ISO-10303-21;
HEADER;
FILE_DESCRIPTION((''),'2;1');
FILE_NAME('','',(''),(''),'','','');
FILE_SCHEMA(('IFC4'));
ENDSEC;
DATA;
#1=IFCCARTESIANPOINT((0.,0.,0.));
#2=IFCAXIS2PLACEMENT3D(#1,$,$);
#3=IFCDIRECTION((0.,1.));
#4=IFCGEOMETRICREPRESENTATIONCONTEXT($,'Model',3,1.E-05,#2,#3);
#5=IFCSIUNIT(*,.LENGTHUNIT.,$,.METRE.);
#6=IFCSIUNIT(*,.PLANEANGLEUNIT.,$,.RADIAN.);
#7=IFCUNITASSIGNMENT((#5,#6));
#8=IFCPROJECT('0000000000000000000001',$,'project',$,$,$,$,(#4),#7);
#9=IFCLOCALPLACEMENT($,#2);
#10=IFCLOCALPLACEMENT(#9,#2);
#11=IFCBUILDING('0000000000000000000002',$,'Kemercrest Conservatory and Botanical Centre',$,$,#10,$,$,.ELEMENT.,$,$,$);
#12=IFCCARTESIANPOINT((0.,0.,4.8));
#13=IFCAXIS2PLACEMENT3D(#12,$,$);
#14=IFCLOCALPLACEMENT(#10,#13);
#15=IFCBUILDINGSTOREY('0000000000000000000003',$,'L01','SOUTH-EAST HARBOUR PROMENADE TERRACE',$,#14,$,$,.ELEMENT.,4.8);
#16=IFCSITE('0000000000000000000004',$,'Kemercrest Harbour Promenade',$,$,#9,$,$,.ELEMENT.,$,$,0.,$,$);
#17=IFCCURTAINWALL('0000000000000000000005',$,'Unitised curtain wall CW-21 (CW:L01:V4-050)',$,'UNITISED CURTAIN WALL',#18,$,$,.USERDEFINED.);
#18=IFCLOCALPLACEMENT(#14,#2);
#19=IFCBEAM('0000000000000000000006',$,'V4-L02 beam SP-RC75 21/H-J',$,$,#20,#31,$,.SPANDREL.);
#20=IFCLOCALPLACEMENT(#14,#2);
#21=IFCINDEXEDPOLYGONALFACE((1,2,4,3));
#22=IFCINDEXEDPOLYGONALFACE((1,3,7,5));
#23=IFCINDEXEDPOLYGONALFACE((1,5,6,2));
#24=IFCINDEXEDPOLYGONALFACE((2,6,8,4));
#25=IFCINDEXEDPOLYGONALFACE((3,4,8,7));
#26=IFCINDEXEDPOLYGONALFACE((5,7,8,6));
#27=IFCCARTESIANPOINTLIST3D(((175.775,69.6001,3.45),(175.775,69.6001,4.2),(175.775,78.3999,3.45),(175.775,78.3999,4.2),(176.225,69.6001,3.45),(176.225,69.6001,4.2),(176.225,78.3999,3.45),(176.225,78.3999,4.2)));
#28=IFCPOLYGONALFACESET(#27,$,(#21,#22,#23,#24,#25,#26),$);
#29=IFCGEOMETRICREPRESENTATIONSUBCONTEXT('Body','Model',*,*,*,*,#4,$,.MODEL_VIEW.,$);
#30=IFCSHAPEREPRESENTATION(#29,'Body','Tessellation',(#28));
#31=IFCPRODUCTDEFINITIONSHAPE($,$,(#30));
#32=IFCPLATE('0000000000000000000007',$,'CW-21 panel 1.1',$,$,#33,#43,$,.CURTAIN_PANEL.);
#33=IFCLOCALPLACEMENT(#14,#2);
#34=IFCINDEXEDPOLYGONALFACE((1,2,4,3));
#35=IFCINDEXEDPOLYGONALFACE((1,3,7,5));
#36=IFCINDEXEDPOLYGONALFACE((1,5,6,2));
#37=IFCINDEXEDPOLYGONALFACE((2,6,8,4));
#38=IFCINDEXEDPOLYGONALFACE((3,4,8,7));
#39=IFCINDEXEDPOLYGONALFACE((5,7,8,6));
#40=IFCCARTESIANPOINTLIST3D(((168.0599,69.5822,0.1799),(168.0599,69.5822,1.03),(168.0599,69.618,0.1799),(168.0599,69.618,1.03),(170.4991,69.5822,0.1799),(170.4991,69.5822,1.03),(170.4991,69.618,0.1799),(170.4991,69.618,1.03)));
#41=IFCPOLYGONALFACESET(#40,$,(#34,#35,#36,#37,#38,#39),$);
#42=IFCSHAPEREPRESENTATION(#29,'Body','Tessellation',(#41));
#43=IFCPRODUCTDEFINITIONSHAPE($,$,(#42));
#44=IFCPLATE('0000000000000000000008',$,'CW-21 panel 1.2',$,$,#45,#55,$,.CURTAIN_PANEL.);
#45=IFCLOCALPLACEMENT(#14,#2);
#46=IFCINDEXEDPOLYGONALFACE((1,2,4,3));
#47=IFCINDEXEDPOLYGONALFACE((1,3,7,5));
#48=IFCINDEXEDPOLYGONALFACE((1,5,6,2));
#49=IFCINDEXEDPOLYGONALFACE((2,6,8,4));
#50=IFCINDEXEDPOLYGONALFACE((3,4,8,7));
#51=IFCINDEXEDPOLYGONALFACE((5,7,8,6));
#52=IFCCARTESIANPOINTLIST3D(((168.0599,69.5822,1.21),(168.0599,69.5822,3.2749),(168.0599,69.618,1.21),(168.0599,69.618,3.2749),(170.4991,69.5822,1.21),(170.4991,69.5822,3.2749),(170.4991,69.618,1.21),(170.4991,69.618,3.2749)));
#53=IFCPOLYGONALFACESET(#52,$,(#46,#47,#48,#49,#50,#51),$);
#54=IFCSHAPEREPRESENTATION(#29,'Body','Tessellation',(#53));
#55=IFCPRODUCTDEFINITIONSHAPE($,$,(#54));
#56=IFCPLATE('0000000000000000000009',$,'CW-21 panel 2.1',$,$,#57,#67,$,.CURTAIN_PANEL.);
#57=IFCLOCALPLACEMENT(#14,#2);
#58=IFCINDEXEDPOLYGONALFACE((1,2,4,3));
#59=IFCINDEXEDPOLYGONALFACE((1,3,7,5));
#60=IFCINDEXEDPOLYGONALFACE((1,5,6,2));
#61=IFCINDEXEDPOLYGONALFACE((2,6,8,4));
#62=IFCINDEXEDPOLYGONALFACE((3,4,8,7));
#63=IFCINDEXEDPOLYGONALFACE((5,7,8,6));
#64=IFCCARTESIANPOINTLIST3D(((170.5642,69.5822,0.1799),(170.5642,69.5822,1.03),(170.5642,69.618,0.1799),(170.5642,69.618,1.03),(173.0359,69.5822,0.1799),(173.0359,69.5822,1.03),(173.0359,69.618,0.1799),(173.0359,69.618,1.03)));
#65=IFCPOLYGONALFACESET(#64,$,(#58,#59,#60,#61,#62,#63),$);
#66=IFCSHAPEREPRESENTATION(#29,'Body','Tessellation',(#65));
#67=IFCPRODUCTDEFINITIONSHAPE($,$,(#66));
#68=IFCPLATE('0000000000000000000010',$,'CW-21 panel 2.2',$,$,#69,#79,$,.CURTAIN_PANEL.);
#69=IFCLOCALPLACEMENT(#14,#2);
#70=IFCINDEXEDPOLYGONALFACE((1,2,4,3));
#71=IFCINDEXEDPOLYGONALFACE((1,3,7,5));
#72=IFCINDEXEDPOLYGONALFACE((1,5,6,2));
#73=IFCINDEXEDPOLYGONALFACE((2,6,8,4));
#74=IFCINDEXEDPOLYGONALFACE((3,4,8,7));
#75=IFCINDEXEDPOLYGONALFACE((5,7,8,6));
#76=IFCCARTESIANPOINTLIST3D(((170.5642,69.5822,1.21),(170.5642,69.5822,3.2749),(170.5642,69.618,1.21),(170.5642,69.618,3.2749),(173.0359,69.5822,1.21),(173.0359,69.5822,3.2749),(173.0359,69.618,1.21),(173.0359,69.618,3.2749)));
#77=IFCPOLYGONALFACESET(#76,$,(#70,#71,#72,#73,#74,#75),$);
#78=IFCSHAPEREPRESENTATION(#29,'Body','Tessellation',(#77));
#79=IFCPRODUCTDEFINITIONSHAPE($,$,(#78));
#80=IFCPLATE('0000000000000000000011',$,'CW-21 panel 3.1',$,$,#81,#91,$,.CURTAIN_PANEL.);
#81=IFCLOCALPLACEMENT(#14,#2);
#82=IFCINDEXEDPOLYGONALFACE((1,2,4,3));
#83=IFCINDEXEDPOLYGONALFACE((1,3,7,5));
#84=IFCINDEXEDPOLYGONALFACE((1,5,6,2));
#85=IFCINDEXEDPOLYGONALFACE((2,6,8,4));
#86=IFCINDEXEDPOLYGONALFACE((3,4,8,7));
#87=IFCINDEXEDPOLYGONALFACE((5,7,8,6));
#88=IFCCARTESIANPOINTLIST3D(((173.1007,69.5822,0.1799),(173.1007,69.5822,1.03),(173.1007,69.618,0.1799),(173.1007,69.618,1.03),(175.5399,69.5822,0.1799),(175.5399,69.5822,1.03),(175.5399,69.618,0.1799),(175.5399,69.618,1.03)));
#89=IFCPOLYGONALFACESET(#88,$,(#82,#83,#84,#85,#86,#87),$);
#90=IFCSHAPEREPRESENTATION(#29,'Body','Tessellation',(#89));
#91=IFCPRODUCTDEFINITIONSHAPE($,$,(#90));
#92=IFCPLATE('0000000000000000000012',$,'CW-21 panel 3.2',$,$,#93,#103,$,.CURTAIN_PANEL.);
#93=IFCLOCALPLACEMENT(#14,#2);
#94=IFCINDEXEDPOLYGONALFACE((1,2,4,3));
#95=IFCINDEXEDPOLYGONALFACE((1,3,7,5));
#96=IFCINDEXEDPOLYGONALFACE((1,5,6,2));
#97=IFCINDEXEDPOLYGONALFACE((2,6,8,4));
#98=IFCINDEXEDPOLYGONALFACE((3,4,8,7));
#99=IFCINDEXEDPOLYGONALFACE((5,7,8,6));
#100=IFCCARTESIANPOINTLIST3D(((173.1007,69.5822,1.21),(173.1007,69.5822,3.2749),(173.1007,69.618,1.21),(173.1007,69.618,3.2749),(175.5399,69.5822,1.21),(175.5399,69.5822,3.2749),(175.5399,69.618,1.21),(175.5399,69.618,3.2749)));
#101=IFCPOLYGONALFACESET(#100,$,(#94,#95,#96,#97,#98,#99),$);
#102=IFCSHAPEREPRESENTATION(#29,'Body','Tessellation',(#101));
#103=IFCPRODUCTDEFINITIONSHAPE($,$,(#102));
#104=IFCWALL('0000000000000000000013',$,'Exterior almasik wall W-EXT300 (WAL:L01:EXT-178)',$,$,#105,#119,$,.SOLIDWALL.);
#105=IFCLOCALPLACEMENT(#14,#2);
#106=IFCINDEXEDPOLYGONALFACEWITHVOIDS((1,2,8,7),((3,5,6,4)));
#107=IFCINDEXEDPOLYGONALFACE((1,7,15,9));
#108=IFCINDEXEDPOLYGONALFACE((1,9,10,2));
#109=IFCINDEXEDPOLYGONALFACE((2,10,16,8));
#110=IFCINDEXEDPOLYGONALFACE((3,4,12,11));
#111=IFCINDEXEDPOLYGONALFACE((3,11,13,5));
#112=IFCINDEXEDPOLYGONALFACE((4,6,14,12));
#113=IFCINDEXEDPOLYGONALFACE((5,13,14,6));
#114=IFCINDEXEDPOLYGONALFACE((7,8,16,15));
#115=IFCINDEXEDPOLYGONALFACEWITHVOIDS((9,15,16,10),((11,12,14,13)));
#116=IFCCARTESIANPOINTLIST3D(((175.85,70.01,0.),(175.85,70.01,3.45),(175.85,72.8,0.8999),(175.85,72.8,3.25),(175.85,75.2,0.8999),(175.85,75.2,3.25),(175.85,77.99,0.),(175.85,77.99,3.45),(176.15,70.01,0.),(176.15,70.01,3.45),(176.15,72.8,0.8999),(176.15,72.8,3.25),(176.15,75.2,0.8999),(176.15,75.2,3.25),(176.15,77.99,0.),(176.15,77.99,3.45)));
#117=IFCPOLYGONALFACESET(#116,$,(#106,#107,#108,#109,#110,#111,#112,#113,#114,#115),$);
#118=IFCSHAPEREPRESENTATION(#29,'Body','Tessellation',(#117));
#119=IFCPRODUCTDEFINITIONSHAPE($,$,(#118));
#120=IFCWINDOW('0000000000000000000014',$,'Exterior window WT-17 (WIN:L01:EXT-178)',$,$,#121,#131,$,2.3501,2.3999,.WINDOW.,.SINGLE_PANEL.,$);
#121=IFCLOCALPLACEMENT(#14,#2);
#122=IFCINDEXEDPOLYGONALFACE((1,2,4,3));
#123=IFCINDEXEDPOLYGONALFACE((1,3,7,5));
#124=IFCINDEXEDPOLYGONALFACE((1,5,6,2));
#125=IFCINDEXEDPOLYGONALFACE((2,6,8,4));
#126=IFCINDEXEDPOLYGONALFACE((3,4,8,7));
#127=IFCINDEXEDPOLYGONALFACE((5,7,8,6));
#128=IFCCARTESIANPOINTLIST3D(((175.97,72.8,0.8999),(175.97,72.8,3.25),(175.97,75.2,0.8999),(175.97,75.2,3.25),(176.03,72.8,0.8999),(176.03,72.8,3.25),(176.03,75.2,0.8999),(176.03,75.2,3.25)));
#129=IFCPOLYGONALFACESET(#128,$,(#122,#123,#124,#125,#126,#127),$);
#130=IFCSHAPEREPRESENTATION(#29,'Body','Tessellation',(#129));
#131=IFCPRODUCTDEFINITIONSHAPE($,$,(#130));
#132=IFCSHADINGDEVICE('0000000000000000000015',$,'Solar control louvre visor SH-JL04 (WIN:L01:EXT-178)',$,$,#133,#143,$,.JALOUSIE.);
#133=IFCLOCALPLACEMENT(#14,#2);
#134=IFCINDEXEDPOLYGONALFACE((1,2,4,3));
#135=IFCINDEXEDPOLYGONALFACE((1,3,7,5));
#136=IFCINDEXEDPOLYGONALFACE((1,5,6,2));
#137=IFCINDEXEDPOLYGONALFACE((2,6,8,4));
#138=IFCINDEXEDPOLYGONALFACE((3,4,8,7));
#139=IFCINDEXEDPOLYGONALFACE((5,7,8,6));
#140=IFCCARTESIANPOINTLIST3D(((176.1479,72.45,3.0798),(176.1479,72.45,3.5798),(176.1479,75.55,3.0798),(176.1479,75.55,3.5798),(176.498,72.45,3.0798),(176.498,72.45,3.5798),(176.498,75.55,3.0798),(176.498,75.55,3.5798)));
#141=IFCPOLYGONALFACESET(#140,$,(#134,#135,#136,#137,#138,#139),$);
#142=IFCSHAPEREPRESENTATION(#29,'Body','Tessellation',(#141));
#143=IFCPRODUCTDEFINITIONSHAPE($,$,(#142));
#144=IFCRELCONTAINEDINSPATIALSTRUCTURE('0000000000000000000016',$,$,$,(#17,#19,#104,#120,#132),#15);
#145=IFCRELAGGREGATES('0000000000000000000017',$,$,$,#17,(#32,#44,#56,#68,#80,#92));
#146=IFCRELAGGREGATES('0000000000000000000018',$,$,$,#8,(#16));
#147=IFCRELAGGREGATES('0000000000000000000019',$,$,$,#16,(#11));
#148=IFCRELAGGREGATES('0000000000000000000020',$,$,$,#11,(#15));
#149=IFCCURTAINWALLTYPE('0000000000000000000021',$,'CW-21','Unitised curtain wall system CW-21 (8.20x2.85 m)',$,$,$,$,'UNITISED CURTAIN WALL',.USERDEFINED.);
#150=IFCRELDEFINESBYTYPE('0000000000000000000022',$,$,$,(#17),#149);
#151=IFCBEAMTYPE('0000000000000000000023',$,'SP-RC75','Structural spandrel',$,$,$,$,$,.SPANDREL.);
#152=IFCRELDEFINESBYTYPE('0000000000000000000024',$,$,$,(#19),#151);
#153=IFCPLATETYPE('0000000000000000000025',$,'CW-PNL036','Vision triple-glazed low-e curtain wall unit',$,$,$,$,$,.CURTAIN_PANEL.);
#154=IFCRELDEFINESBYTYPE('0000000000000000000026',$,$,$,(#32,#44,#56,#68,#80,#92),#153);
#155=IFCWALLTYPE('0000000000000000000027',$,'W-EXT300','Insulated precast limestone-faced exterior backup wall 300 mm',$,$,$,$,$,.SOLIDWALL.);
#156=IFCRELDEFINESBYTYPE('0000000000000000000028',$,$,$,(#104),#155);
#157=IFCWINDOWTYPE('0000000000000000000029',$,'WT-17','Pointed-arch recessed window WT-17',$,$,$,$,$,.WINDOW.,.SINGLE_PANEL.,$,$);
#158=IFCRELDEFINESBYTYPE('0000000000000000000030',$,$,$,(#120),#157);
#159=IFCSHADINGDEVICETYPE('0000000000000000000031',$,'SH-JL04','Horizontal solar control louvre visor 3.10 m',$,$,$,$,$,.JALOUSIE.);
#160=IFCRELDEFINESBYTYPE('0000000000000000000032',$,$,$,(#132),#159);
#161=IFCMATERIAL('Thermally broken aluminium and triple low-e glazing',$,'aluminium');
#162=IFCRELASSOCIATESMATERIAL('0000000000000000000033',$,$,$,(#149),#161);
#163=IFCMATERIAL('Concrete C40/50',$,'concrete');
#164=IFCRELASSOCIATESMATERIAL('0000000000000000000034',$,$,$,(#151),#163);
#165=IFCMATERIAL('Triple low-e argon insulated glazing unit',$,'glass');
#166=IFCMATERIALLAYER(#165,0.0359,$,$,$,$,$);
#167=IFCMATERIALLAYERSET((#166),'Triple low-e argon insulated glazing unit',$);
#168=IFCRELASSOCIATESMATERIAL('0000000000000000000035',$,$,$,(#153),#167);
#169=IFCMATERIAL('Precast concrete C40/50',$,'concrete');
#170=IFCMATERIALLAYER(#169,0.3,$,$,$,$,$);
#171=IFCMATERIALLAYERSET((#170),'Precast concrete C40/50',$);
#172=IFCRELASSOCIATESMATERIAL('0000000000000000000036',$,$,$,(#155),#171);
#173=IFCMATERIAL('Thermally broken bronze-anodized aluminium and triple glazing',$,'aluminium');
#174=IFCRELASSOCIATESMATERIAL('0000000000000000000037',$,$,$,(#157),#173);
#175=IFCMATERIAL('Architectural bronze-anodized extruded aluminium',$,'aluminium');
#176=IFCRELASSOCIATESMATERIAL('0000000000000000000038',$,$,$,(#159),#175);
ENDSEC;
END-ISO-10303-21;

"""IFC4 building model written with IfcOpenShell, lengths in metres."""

from ifc_helpers import new_model, si_unit, direction, frame, frame_2d, origin, origin_2d, place, context, subcontext, project, spatial, rectangle, extrude, material, layer, layer_set, material_profile, profile_set, type_object, element, fill, aggregate, save


model = new_model("IFC4")

# Units and contexts
model_context = context("Model", 3, precision=1e-05, world=origin(), true_north=direction((0.0, 1.0)))
body_context = subcontext(model_context, "Body", "Model", "MODEL_VIEW")
ifc_project = project(units=[si_unit("LENGTHUNIT", "METRE"), si_unit("PLANEANGLEUNIT", "RADIAN")], contexts=[model_context])

# Site, building, storey
site_placement = place(None, origin())
site = spatial("IfcSite", under=ifc_project, at=site_placement, Name="Kemercrest Harbour Promenade", CompositionType="ELEMENT", RefElevation=0.0)
building_placement = place(site_placement, origin())
building = spatial("IfcBuilding", under=site, at=building_placement, Name="Kemercrest Conservatory and Botanical Centre", CompositionType="ELEMENT")
storey_placement = place(building_placement, frame((0.0, 0.0, 4.8)))
storey = spatial("IfcBuildingStorey", under=building, at=storey_placement, Name="L01", Description="SOUTH-EAST HARBOUR PROMENADE TERRACE", CompositionType="ELEMENT", Elevation=4.8)

# Curtain wall
ifc_material_1 = material(Name="Thermally broken aluminium and triple low-e glazing", Category="aluminium")
curtain_wall_type = type_object("IfcCurtainWallType", Name="CW-21", Description="Unitised curtain wall system CW-21 (8.20x2.85 m)", ElementType="UNITISED CURTAIN WALL", PredefinedType="USERDEFINED", material=ifc_material_1)
curtain_wall_placement = place(storey_placement, origin())
curtain_wall = element("IfcCurtainWall", 1, at=curtain_wall_placement, inside=storey, type_object=curtain_wall_type, Name="Unitised curtain wall CW-21 (CW:L01:V4-050)", ObjectType="UNITISED CURTAIN WALL", PredefinedType="USERDEFINED")

# Beam
ifc_material_2 = material(Name="Concrete C40/50", Category="concrete")
ifc_material_profile_1 = material_profile(ifc_material_2, rectangle(XDim=0.45, YDim=0.75, at=origin_2d()), Name="RC 450x750")
ifc_profile_set_1 = profile_set([ifc_material_profile_1], Name="Concrete C40/50")
beam_type = type_object("IfcBeamType", Name="SP-RC75", Description="Structural spandrel", PredefinedType="SPANDREL", material=ifc_profile_set_1)
beam_placement = place(storey_placement, frame((176.0, 69.6001, 3.825), z_axis=(0.0, 1.0, 0.0), x_axis=(-1.0, 0.0, 0.0)))
element("IfcBeam", 2, at=beam_placement, inside=storey, type_object=beam_type, Name="V4-L02 beam SP-RC75 21/H-J", PredefinedType="SPANDREL", context=body_context, shape_type="SweptSolid", body=[
    extrude(rectangle(XDim=0.45, YDim=0.75, at=origin_2d()), origin(), (0.0, 0.0, 1.0), 8.7998),
])

# Plates
ifc_material_3 = material(Name="Triple low-e argon insulated glazing unit", Category="glass")
ifc_layer_1 = layer(ifc_material_3, 0.0359)
ifc_layer_set_1 = layer_set([ifc_layer_1], Name="Triple low-e argon insulated glazing unit")
plate_type = type_object("IfcPlateType", Name="CW-PNL036", Description="Vision triple-glazed low-e curtain wall unit", PredefinedType="CURTAIN_PANEL", material=ifc_layer_set_1)
plate_1_placement = place(storey_placement, frame((169.2795, 69.6001, 0.1799), z_axis=(0.0, 0.0, 1.0), x_axis=(1.0, 0.0, 0.0)))
plate_1 = element("IfcPlate", 3, at=plate_1_placement, type_object=plate_type, Name="CW-21 panel 1.1", PredefinedType="CURTAIN_PANEL", context=body_context, shape_type="SweptSolid", body=[
    extrude(rectangle(XDim=2.4392, YDim=0.0359, at=origin_2d()), origin(), (0.0, 0.0, 1.0), 0.8501),
])
plate_2_placement = place(storey_placement, frame((169.2795, 69.6001, 1.21), z_axis=(0.0, 0.0, 1.0), x_axis=(1.0, 0.0, 0.0)))
plate_2 = element("IfcPlate", 4, at=plate_2_placement, type_object=plate_type, Name="CW-21 panel 1.2", PredefinedType="CURTAIN_PANEL", context=body_context, shape_type="SweptSolid", body=[
    extrude(rectangle(XDim=2.4392, YDim=0.0359, at=origin_2d()), origin(), (0.0, 0.0, 1.0), 2.0649),
])
plate_3_placement = place(storey_placement, frame((171.8, 69.6001, 0.1799), z_axis=(0.0, 0.0, 1.0), x_axis=(1.0, 0.0, 0.0)))
plate_3 = element("IfcPlate", 5, at=plate_3_placement, type_object=plate_type, Name="CW-21 panel 2.1", PredefinedType="CURTAIN_PANEL", context=body_context, shape_type="SweptSolid", body=[
    extrude(rectangle(XDim=2.4717, YDim=0.0359, at=origin_2d()), origin(), (0.0, 0.0, 1.0), 0.8501),
])
plate_4_placement = place(storey_placement, frame((171.8, 69.6001, 1.21), z_axis=(0.0, 0.0, 1.0), x_axis=(1.0, 0.0, 0.0)))
plate_4 = element("IfcPlate", 6, at=plate_4_placement, type_object=plate_type, Name="CW-21 panel 2.2", PredefinedType="CURTAIN_PANEL", context=body_context, shape_type="SweptSolid", body=[
    extrude(rectangle(XDim=2.4717, YDim=0.0359, at=origin_2d()), origin(), (0.0, 0.0, 1.0), 2.0649),
])
plate_5_placement = place(storey_placement, frame((174.3203, 69.6001, 0.1799), z_axis=(0.0, 0.0, 1.0), x_axis=(1.0, 0.0, 0.0)))
plate_5 = element("IfcPlate", 7, at=plate_5_placement, type_object=plate_type, Name="CW-21 panel 3.1", PredefinedType="CURTAIN_PANEL", context=body_context, shape_type="SweptSolid", body=[
    extrude(rectangle(XDim=2.4392, YDim=0.0359, at=origin_2d()), origin(), (0.0, 0.0, 1.0), 0.8501),
])
plate_6_placement = place(storey_placement, frame((174.3203, 69.6001, 1.21), z_axis=(0.0, 0.0, 1.0), x_axis=(1.0, 0.0, 0.0)))
plate_6 = element("IfcPlate", 8, at=plate_6_placement, type_object=plate_type, Name="CW-21 panel 3.2", PredefinedType="CURTAIN_PANEL", context=body_context, shape_type="SweptSolid", body=[
    extrude(rectangle(XDim=2.4392, YDim=0.0359, at=origin_2d()), origin(), (0.0, 0.0, 1.0), 2.0649),
])
aggregate(curtain_wall, [plate_1, plate_2, plate_3, plate_4, plate_5, plate_6])

# Wall, opening, window
ifc_material_4 = material(Name="Precast concrete C40/50", Category="concrete")
ifc_layer_2 = layer(ifc_material_4, 0.3)
ifc_layer_set_2 = layer_set([ifc_layer_2], Name="Precast concrete C40/50")
wall_type = type_object("IfcWallType", Name="W-EXT300", Description="Insulated precast limestone-faced exterior backup wall 300 mm", PredefinedType="SOLIDWALL", material=ifc_layer_set_2)
wall_placement = place(storey_placement, frame((176.0, 70.01, 0.0), z_axis=(0.0, 0.0, 1.0), x_axis=(0.0, 1.0, 0.0)))
wall = element("IfcWall", 9, at=wall_placement, inside=storey, type_object=wall_type, Name="Exterior almasik wall W-EXT300 (WAL:L01:EXT-178)", PredefinedType="SOLIDWALL", context=body_context, shape_type="SweptSolid", body=[
    extrude(rectangle(XDim=7.98, YDim=0.3, at=frame_2d((3.99, 0.0))), origin(), (0.0, 0.0, 1.0), 3.45),
])
opening_placement = place(wall_placement, frame((2.79, 0.0, 0.8999)))
opening = element("IfcOpeningElement", 10, at=opening_placement, cuts=wall, PredefinedType="OPENING", context=body_context, shape_type="SweptSolid", body=[
    extrude(rectangle(XDim=2.3999, YDim=2.3501, at=frame_2d((1.2, 1.175))), frame((0.0, 0.1602, 0.0), z_axis=(0.0, -1.0, 0.0), x_axis=(1.0, 0.0, 0.0)), (0.0, 0.0, 1.0), 0.3201),
])
ifc_material_5 = material(Name="Thermally broken bronze-anodized aluminium and triple glazing", Category="aluminium")
window_type = type_object("IfcWindowType", Name="WT-17", Description="Pointed-arch recessed window WT-17", PartitioningType="SINGLE_PANEL", PredefinedType="WINDOW", material=ifc_material_5)
window_placement = place(opening_placement, origin())
window = element("IfcWindow", 11, at=window_placement, inside=storey, type_object=window_type, Name="Exterior window WT-17 (WIN:L01:EXT-178)", OverallHeight=2.3501, OverallWidth=2.3999, PartitioningType="SINGLE_PANEL", PredefinedType="WINDOW", context=body_context, shape_type="SweptSolid", body=[
    extrude(rectangle(XDim=2.3999, YDim=2.3501, at=frame_2d((1.2, 1.175))), frame((0.0, 0.03, 0.0), z_axis=(0.0, -1.0, 0.0), x_axis=(1.0, 0.0, 0.0)), (0.0, 0.0, 1.0), 0.0601),
])
fill(opening, window)

# Shading device
ifc_material_6 = material(Name="Architectural bronze-anodized extruded aluminium", Category="aluminium")
shading_device_type = type_object("IfcShadingDeviceType", Name="SH-JL04", Description="Horizontal solar control louvre visor 3.10 m", PredefinedType="JALOUSIE", material=ifc_material_6)
shading_device_placement = place(storey_placement, frame((176.323, 74.0, 3.0798), z_axis=(0.0, 0.0, 1.0), x_axis=(0.0, 1.0, 0.0)))
element("IfcShadingDevice", 12, at=shading_device_placement, inside=storey, type_object=shading_device_type, Name="Solar control louvre visor SH-JL04 (WIN:L01:EXT-178)", PredefinedType="JALOUSIE", context=body_context, shape_type="SweptSolid", body=[
    extrude(rectangle(XDim=3.1001, YDim=0.3501, at=origin_2d()), origin(), (0.0, 0.0, 1.0), 0.5),
])

save(model, "model.ifc")
